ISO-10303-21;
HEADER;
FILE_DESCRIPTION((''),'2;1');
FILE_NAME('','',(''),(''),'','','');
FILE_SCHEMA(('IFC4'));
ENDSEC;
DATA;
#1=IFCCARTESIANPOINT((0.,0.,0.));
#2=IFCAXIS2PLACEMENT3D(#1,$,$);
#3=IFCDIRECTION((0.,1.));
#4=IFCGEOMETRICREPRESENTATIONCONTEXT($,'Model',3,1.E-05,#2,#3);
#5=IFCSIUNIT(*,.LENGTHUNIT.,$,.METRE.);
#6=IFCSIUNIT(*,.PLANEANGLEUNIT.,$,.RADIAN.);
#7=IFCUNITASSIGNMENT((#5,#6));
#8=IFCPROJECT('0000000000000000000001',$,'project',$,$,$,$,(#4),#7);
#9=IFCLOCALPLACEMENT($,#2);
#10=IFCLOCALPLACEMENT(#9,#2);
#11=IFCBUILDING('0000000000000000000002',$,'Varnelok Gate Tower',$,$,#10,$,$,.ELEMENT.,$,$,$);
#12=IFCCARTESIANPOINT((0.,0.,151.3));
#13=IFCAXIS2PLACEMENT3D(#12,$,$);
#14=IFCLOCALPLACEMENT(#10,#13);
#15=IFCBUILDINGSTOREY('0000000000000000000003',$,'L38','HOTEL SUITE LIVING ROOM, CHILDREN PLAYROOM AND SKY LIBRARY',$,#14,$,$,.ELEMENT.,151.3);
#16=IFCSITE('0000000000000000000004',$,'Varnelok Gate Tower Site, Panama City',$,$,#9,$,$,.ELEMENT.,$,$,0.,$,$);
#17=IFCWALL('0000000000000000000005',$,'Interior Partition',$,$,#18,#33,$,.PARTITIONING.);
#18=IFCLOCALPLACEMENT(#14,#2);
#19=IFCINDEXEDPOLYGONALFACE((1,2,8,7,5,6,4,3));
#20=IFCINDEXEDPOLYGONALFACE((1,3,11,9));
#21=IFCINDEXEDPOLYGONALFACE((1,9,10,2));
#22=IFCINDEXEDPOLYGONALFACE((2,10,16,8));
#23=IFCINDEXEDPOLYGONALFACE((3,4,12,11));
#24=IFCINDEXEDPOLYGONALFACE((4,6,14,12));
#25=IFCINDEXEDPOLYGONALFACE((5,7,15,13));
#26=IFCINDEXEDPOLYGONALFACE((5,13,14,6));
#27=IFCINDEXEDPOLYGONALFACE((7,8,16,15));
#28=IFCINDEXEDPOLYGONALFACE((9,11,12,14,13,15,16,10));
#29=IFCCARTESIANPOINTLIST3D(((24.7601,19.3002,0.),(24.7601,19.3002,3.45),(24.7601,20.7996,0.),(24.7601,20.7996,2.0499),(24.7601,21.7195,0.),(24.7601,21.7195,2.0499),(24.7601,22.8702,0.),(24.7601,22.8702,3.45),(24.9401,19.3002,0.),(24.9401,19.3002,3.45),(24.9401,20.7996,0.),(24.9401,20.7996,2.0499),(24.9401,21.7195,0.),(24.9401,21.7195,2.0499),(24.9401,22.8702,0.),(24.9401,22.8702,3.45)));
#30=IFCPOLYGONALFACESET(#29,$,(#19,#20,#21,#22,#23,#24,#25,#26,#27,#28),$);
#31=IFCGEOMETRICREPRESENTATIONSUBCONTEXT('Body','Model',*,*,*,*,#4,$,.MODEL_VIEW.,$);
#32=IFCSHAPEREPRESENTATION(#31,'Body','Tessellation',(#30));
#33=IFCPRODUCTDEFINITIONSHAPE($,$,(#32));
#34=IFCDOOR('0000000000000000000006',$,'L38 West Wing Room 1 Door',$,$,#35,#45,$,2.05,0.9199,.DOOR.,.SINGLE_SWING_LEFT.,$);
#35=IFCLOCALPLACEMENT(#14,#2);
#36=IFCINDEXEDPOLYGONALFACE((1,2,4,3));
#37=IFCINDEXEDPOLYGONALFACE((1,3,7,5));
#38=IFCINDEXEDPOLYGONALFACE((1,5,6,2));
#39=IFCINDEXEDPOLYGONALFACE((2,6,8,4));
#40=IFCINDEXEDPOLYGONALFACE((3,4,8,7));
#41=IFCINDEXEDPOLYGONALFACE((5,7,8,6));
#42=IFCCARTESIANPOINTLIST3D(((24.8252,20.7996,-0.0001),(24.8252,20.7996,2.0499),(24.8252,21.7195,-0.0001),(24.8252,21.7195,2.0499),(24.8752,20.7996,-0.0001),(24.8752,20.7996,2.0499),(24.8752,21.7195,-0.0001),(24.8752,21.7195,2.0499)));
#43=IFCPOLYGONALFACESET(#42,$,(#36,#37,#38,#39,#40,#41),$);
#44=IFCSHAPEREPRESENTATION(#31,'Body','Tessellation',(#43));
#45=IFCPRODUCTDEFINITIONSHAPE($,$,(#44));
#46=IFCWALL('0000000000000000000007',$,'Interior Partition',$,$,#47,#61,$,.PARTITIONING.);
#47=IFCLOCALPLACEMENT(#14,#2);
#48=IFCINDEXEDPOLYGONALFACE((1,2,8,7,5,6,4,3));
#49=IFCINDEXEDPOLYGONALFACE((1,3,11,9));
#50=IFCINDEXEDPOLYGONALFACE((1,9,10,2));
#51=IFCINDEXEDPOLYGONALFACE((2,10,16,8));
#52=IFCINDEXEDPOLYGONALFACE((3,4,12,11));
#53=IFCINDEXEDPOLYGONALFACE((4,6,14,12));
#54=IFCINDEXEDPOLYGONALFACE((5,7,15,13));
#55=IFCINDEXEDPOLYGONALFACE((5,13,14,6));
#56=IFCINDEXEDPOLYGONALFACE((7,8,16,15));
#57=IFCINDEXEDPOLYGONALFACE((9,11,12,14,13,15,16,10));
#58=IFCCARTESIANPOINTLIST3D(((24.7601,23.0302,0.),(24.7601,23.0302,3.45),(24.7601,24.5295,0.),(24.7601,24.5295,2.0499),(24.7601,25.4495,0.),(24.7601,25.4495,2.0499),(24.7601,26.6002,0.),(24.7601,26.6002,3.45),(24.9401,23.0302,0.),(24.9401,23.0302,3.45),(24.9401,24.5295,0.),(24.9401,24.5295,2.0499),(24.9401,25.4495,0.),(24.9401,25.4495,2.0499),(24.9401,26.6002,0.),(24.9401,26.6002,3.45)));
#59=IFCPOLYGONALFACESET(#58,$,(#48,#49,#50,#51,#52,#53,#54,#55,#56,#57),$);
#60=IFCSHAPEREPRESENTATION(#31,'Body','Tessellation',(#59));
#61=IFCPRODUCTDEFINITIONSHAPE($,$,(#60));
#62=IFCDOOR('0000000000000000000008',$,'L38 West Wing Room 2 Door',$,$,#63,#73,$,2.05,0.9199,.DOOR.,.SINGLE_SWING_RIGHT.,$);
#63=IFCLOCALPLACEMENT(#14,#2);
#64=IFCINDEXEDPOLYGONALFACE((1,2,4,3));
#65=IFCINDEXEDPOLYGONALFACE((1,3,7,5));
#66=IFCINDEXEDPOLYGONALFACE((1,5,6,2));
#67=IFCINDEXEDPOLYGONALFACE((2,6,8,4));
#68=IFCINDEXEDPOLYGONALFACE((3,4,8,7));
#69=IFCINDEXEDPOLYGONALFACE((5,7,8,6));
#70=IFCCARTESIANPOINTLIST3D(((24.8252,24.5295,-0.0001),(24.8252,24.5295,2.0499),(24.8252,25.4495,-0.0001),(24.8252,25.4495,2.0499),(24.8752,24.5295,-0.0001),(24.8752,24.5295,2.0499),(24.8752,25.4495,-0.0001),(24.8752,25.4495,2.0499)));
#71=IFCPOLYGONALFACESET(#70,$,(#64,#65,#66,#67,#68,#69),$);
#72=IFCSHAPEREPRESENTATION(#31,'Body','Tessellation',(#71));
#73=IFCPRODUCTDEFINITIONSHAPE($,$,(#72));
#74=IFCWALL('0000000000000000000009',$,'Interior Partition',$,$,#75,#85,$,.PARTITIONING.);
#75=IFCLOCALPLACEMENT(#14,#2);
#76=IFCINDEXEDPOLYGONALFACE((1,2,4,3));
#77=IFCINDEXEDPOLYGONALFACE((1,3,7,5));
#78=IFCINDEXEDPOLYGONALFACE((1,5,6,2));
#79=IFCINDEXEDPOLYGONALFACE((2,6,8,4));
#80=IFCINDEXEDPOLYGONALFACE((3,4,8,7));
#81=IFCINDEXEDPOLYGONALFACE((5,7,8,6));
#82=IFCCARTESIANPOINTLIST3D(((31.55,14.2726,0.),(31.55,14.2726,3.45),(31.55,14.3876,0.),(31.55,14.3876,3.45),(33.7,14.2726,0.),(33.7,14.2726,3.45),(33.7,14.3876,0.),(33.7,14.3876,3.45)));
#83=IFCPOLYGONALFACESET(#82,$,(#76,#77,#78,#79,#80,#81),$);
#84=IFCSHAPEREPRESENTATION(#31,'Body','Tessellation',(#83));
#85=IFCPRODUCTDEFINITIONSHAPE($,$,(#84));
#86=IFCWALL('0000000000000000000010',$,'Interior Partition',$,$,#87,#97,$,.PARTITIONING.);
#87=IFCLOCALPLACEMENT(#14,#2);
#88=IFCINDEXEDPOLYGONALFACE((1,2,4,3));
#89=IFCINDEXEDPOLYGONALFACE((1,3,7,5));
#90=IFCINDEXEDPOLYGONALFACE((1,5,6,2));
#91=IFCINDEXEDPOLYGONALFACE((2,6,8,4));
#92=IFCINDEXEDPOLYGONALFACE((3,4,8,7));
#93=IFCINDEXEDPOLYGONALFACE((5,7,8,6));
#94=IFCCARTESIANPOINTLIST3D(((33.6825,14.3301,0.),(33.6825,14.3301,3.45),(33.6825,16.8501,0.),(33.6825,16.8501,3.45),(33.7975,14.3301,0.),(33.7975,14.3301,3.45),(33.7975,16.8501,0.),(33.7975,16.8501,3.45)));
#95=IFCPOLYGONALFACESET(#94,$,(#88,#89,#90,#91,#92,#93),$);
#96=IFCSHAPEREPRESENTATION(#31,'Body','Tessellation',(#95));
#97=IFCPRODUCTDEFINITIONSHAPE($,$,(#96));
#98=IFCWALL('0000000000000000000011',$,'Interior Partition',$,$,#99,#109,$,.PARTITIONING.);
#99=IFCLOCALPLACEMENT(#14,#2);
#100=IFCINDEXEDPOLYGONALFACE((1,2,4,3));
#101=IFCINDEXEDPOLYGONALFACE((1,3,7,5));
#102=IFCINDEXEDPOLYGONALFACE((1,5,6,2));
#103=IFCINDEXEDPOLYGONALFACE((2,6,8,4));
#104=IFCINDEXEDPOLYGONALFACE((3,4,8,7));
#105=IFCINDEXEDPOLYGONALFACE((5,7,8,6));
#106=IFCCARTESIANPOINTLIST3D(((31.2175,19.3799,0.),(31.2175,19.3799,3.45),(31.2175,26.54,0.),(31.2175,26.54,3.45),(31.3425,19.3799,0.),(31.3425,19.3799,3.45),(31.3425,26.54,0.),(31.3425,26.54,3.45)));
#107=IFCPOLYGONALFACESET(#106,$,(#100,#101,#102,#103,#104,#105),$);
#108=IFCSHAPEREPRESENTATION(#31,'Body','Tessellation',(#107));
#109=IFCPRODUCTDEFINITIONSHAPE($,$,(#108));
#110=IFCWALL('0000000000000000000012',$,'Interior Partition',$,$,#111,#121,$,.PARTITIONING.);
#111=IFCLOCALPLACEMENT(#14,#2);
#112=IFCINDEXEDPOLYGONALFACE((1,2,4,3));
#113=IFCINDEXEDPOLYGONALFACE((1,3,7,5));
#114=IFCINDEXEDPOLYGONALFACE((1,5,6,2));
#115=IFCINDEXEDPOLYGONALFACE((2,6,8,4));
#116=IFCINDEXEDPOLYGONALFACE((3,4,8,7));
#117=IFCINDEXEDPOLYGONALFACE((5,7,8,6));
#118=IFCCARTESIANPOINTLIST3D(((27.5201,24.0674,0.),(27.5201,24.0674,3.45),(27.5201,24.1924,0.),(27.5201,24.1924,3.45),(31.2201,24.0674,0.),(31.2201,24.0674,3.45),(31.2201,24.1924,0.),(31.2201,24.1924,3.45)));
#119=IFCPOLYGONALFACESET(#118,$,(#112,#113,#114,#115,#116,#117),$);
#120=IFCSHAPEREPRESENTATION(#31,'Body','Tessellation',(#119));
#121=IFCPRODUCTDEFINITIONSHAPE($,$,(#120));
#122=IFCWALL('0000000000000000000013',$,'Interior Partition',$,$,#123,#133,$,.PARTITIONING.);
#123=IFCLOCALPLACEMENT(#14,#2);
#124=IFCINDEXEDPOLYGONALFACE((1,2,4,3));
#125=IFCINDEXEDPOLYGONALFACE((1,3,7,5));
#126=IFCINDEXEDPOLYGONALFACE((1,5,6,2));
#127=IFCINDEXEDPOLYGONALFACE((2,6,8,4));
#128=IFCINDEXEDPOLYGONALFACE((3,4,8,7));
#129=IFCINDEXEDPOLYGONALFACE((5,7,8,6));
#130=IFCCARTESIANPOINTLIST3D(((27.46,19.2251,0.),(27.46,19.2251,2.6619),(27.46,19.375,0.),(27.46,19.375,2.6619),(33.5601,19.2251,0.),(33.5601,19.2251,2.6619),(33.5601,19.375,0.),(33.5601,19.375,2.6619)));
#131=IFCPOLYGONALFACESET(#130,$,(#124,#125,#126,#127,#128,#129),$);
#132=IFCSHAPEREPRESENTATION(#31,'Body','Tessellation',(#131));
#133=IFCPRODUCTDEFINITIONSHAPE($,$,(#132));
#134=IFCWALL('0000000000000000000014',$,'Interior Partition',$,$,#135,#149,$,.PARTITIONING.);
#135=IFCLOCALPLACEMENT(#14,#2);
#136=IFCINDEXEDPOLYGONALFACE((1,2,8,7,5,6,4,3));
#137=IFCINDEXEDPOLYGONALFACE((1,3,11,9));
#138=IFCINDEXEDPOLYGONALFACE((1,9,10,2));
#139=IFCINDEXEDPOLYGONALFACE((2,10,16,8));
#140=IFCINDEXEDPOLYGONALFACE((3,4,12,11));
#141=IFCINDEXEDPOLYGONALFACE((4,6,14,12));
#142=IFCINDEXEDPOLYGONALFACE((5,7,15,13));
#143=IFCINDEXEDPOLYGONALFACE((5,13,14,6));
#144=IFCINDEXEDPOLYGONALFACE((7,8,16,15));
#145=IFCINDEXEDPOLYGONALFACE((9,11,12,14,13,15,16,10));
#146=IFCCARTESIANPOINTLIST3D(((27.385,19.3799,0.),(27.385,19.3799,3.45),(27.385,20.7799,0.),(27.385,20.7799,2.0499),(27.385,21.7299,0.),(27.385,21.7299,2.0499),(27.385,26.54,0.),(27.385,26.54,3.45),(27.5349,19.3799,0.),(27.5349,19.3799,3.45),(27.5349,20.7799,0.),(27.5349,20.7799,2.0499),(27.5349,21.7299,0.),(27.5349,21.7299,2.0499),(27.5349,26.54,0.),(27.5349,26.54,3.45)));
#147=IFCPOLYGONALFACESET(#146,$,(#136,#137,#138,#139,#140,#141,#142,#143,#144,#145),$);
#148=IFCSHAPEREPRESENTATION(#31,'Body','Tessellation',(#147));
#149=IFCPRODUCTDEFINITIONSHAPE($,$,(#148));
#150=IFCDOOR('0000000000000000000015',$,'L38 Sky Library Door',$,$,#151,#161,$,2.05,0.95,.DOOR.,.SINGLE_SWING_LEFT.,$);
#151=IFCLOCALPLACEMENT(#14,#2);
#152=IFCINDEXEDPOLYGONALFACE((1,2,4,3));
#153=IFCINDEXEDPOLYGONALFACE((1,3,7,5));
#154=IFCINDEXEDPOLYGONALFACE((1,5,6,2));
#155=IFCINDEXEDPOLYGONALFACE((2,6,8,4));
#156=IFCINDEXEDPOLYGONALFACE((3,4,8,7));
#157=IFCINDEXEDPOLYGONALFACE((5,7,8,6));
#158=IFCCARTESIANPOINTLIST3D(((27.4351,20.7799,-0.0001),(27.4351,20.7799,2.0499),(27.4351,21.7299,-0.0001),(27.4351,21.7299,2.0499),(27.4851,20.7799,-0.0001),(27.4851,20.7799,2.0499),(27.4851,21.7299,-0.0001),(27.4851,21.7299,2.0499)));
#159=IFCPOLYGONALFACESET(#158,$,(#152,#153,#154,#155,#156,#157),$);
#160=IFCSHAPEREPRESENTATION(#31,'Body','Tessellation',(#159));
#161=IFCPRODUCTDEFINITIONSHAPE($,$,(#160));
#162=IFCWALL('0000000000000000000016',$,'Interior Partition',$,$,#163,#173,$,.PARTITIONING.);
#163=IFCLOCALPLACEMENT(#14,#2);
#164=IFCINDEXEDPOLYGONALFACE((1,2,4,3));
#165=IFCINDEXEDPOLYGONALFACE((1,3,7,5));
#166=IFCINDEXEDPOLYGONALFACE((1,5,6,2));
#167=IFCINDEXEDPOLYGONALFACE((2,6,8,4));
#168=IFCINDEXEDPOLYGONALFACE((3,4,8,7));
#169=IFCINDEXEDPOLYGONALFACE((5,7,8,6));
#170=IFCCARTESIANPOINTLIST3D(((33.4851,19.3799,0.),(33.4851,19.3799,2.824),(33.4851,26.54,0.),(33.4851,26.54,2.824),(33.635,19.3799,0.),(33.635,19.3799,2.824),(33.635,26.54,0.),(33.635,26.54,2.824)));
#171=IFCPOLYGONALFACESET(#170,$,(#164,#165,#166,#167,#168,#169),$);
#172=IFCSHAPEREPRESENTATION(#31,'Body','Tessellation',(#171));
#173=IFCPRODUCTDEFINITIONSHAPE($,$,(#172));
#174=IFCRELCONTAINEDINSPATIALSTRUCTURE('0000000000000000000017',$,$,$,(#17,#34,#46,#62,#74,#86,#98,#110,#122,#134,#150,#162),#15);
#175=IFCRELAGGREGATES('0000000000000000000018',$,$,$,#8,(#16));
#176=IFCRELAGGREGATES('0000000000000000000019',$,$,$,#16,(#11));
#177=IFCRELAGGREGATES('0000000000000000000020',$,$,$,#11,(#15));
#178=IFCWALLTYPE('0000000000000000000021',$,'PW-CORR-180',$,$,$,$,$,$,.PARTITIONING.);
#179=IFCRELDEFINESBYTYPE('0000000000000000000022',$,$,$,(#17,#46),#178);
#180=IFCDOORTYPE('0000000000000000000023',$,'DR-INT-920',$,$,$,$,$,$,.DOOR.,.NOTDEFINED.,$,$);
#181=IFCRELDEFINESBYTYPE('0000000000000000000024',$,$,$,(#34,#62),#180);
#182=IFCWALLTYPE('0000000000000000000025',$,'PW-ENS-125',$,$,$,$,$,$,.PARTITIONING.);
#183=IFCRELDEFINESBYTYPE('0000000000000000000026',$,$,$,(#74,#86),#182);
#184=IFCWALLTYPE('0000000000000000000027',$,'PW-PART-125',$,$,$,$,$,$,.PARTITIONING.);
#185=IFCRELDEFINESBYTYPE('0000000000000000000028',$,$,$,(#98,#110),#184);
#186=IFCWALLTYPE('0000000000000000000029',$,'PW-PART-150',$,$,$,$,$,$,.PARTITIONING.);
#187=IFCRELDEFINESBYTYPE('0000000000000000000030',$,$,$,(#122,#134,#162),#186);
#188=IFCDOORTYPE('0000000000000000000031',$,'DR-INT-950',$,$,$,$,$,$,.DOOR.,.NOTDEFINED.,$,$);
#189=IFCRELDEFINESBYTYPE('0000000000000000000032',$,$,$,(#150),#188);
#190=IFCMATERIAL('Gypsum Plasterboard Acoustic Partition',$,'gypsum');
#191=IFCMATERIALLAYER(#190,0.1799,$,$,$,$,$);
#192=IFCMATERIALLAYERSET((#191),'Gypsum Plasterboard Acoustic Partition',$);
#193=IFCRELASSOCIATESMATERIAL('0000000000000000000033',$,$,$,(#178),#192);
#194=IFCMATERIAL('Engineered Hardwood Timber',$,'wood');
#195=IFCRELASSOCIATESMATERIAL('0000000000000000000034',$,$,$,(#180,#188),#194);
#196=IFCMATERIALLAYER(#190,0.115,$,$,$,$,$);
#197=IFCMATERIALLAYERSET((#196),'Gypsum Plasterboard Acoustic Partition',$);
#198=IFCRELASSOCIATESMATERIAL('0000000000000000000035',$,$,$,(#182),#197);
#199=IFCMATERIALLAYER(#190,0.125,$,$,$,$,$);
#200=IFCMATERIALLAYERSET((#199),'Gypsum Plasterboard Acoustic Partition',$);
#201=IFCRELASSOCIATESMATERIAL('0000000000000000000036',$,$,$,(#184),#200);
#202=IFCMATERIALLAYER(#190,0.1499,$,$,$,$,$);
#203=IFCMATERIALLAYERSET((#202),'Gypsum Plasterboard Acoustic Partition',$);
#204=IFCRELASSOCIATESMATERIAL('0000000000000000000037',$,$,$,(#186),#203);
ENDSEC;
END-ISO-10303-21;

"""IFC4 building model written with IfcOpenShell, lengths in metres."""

from ifc_helpers import new_model, si_unit, direction, frame, frame_2d, origin, place, context, subcontext, project, spatial, rectangle, extrude, material, layer, layer_set, type_object, element, fill, save


model = new_model("IFC4")

# Units and contexts
model_context = context("Model", 3, precision=1e-05, world=origin(), true_north=direction((0.0, 1.0)))
body_context = subcontext(model_context, "Body", "Model", "MODEL_VIEW")
ifc_project = project(units=[si_unit("LENGTHUNIT", "METRE"), si_unit("PLANEANGLEUNIT", "RADIAN")], contexts=[model_context])

# Site, building, storey
site_placement = place(None, origin())
site = spatial("IfcSite", under=ifc_project, at=site_placement, Name="Varnelok Gate Tower Site, Panama City", CompositionType="ELEMENT", RefElevation=0.0)
building_placement = place(site_placement, origin())
building = spatial("IfcBuilding", under=site, at=building_placement, Name="Varnelok Gate Tower", CompositionType="ELEMENT")
storey_placement = place(building_placement, frame((0.0, 0.0, 151.3)))
storey = spatial("IfcBuildingStorey", under=building, at=storey_placement, Name="L38", Description="HOTEL SUITE LIVING ROOM, CHILDREN PLAYROOM AND SKY LIBRARY", CompositionType="ELEMENT", Elevation=151.3)

# Walls, openings, doors
ifc_material_1 = material(Name="Gypsum Plasterboard Acoustic Partition", Category="gypsum")
ifc_layer_1 = layer(ifc_material_1, 0.1799)
ifc_layer_set_1 = layer_set([ifc_layer_1], Name="Gypsum Plasterboard Acoustic Partition")
wall_type_1 = type_object("IfcWallType", Name="PW-CORR-180", PredefinedType="PARTITIONING", material=ifc_layer_set_1)
ifc_material_2 = material(Name="Engineered Hardwood Timber", Category="wood")
wall_1_placement = place(storey_placement, frame((24.8501, 19.3, 0.0), z_axis=(0.0, 0.0, 1.0), x_axis=(0.0, 1.0, 0.0)))
wall_1 = element("IfcWall", 1, at=wall_1_placement, inside=storey, type_object=wall_type_1, Name="Interior Partition", PredefinedType="PARTITIONING", context=body_context, shape_type="SweptSolid", body=[
    extrude(rectangle(XDim=3.5701, YDim=0.1799, at=frame_2d((1.7852, 0.0))), origin(), (0.0, 0.0, 1.0), 3.45),
])
opening_1_placement = place(wall_1_placement, frame((1.4995, 0.0, 0.0)))
opening_1 = element("IfcOpeningElement", 2, at=opening_1_placement, cuts=wall_1, PredefinedType="OPENING", context=body_context, shape_type="SweptSolid", body=[
    extrude(rectangle(XDim=0.9199, YDim=2.05, at=frame_2d((0.46, 1.0249))), frame((0.0, 0.0999, 0.0), z_axis=(0.0, -1.0, 0.0), x_axis=(1.0, 0.0, 0.0)), (0.0, 0.0, 1.0), 0.2),
])
door_type_1 = type_object("IfcDoorType", Name="DR-INT-920", OperationType="NOTDEFINED", PredefinedType="DOOR", material=ifc_material_2)
door_1_placement = place(opening_1_placement, origin())
door_1 = element("IfcDoor", 3, at=door_1_placement, inside=storey, type_object=door_type_1, Name="L38 West Wing Room 1 Door", OperationType="SINGLE_SWING_LEFT", OverallHeight=2.05, OverallWidth=0.9199, PredefinedType="DOOR", context=body_context, shape_type="SweptSolid", body=[
    extrude(rectangle(XDim=0.9199, YDim=2.05, at=frame_2d((0.46, 1.0249))), frame((0.0, 0.0249, 0.0), z_axis=(0.0, -1.0, 0.0), x_axis=(1.0, 0.0, 0.0)), (0.0, 0.0, 1.0), 0.05),
])
fill(opening_1, door_1)
wall_2_placement = place(storey_placement, frame((24.8501, 23.03, 0.0), z_axis=(0.0, 0.0, 1.0), x_axis=(0.0, 1.0, 0.0)))
wall_2 = element("IfcWall", 4, at=wall_2_placement, inside=storey, type_object=wall_type_1, Name="Interior Partition", PredefinedType="PARTITIONING", context=body_context, shape_type="SweptSolid", body=[
    extrude(rectangle(XDim=3.5701, YDim=0.1799, at=frame_2d((1.7852, 0.0))), origin(), (0.0, 0.0, 1.0), 3.45),
])
opening_2_placement = place(wall_2_placement, frame((1.4995, 0.0, 0.0)))
opening_2 = element("IfcOpeningElement", 5, at=opening_2_placement, cuts=wall_2, PredefinedType="OPENING", context=body_context, shape_type="SweptSolid", body=[
    extrude(rectangle(XDim=0.9199, YDim=2.05, at=frame_2d((0.46, 1.0249))), frame((0.0, 0.0999, 0.0), z_axis=(0.0, -1.0, 0.0), x_axis=(1.0, 0.0, 0.0)), (0.0, 0.0, 1.0), 0.2),
])
door_2_placement = place(opening_2_placement, origin())
door_2 = element("IfcDoor", 6, at=door_2_placement, inside=storey, type_object=door_type_1, Name="L38 West Wing Room 2 Door", OperationType="SINGLE_SWING_RIGHT", OverallHeight=2.05, OverallWidth=0.9199, PredefinedType="DOOR", context=body_context, shape_type="SweptSolid", body=[
    extrude(rectangle(XDim=0.9199, YDim=2.05, at=frame_2d((0.46, 1.0249))), frame((0.0, 0.0249, 0.0), z_axis=(0.0, -1.0, 0.0), x_axis=(1.0, 0.0, 0.0)), (0.0, 0.0, 1.0), 0.05),
])
fill(opening_2, door_2)

# Walls
ifc_layer_2 = layer(ifc_material_1, 0.115)
ifc_layer_set_2 = layer_set([ifc_layer_2], Name="Gypsum Plasterboard Acoustic Partition")
wall_type_2 = type_object("IfcWallType", Name="PW-ENS-125", PredefinedType="PARTITIONING", material=ifc_layer_set_2)
wall_3_placement = place(storey_placement, frame((31.55, 14.3301, 0.0), z_axis=(0.0, 0.0, 1.0), x_axis=(1.0, 0.0, 0.0)))
element("IfcWall", 7, at=wall_3_placement, inside=storey, type_object=wall_type_2, Name="Interior Partition", PredefinedType="PARTITIONING", context=body_context, shape_type="SweptSolid", body=[
    extrude(rectangle(XDim=2.1499, YDim=0.115, at=frame_2d((1.075, 0.0))), origin(), (0.0, 0.0, 1.0), 3.45),
])
wall_4_placement = place(storey_placement, frame((33.74, 14.3301, 0.0), z_axis=(0.0, 0.0, 1.0), x_axis=(0.0, 1.0, 0.0)))
element("IfcWall", 8, at=wall_4_placement, inside=storey, type_object=wall_type_2, Name="Interior Partition", PredefinedType="PARTITIONING", context=body_context, shape_type="SweptSolid", body=[
    extrude(rectangle(XDim=2.52, YDim=0.115, at=frame_2d((1.26, 0.0))), origin(), (0.0, 0.0, 1.0), 3.45),
])
ifc_layer_3 = layer(ifc_material_1, 0.125)
ifc_layer_set_3 = layer_set([ifc_layer_3], Name="Gypsum Plasterboard Acoustic Partition")
wall_type_3 = type_object("IfcWallType", Name="PW-PART-125", PredefinedType="PARTITIONING", material=ifc_layer_set_3)
wall_5_placement = place(storey_placement, frame((31.28, 19.3799, 0.0), z_axis=(0.0, 0.0, 1.0), x_axis=(0.0, 1.0, 0.0)))
element("IfcWall", 9, at=wall_5_placement, inside=storey, type_object=wall_type_3, Name="Interior Partition", PredefinedType="PARTITIONING", context=body_context, shape_type="SweptSolid", body=[
    extrude(rectangle(XDim=7.1602, YDim=0.125, at=frame_2d((3.5801, 0.0))), origin(), (0.0, 0.0, 1.0), 3.45),
])
wall_6_placement = place(storey_placement, frame((27.52, 24.1299, 0.0), z_axis=(0.0, 0.0, 1.0), x_axis=(1.0, 0.0, 0.0)))
element("IfcWall", 10, at=wall_6_placement, inside=storey, type_object=wall_type_3, Name="Interior Partition", PredefinedType="PARTITIONING", context=body_context, shape_type="SweptSolid", body=[
    extrude(rectangle(XDim=3.7, YDim=0.125, at=frame_2d((1.8501, 0.0))), origin(), (0.0, 0.0, 1.0), 3.45),
])
ifc_layer_4 = layer(ifc_material_1, 0.1499)
ifc_layer_set_4 = layer_set([ifc_layer_4], Name="Gypsum Plasterboard Acoustic Partition")
wall_type_4 = type_object("IfcWallType", Name="PW-PART-150", PredefinedType="PARTITIONING", material=ifc_layer_set_4)
wall_7_placement = place(storey_placement, frame((27.46, 19.3, 0.0), z_axis=(0.0, 0.0, 1.0), x_axis=(1.0, 0.0, 0.0)))
element("IfcWall", 11, at=wall_7_placement, inside=storey, type_object=wall_type_4, Name="Interior Partition", PredefinedType="PARTITIONING", context=body_context, shape_type="SweptSolid", body=[
    extrude(rectangle(XDim=6.1001, YDim=0.1499, at=frame_2d((3.05, 0.0))), origin(), (0.0, 0.0, 1.0), 2.6619),
])

# Wall, opening, door
wall_8_placement = place(storey_placement, frame((27.46, 19.3799, 0.0), z_axis=(0.0, 0.0, 1.0), x_axis=(0.0, 1.0, 0.0)))
wall_8 = element("IfcWall", 12, at=wall_8_placement, inside=storey, type_object=wall_type_4, Name="Interior Partition", PredefinedType="PARTITIONING", context=body_context, shape_type="SweptSolid", body=[
    extrude(rectangle(XDim=7.1602, YDim=0.1499, at=frame_2d((3.5801, 0.0))), origin(), (0.0, 0.0, 1.0), 3.45),
])
opening_3_placement = place(wall_8_placement, frame((1.3999, 0.0, 0.0)))
opening_3 = element("IfcOpeningElement", 13, at=opening_3_placement, cuts=wall_8, PredefinedType="OPENING", context=body_context, shape_type="SweptSolid", body=[
    extrude(rectangle(XDim=0.95, YDim=2.05, at=frame_2d((0.4751, 1.0249))), frame((0.0, 0.085, 0.0), z_axis=(0.0, -1.0, 0.0), x_axis=(1.0, 0.0, 0.0)), (0.0, 0.0, 1.0), 0.1699),
])
door_type_2 = type_object("IfcDoorType", Name="DR-INT-950", OperationType="NOTDEFINED", PredefinedType="DOOR", material=ifc_material_2)
door_3_placement = place(opening_3_placement, origin())
door_3 = element("IfcDoor", 14, at=door_3_placement, inside=storey, type_object=door_type_2, Name="L38 Sky Library Door", OperationType="SINGLE_SWING_LEFT", OverallHeight=2.05, OverallWidth=0.95, PredefinedType="DOOR", context=body_context, shape_type="SweptSolid", body=[
    extrude(rectangle(XDim=0.95, YDim=2.05, at=frame_2d((0.4751, 1.0249))), frame((0.0, 0.0249, 0.0), z_axis=(0.0, -1.0, 0.0), x_axis=(1.0, 0.0, 0.0)), (0.0, 0.0, 1.0), 0.05),
])
fill(opening_3, door_3)

# Wall
wall_9_placement = place(storey_placement, frame((33.5601, 19.3799, 0.0), z_axis=(0.0, 0.0, 1.0), x_axis=(0.0, 1.0, 0.0)))
element("IfcWall", 15, at=wall_9_placement, inside=storey, type_object=wall_type_4, Name="Interior Partition", PredefinedType="PARTITIONING", context=body_context, shape_type="SweptSolid", body=[
    extrude(rectangle(XDim=7.1602, YDim=0.1499, at=frame_2d((3.5801, 0.0))), origin(), (0.0, 0.0, 1.0), 2.824),
])

save(model, "model.ifc")
